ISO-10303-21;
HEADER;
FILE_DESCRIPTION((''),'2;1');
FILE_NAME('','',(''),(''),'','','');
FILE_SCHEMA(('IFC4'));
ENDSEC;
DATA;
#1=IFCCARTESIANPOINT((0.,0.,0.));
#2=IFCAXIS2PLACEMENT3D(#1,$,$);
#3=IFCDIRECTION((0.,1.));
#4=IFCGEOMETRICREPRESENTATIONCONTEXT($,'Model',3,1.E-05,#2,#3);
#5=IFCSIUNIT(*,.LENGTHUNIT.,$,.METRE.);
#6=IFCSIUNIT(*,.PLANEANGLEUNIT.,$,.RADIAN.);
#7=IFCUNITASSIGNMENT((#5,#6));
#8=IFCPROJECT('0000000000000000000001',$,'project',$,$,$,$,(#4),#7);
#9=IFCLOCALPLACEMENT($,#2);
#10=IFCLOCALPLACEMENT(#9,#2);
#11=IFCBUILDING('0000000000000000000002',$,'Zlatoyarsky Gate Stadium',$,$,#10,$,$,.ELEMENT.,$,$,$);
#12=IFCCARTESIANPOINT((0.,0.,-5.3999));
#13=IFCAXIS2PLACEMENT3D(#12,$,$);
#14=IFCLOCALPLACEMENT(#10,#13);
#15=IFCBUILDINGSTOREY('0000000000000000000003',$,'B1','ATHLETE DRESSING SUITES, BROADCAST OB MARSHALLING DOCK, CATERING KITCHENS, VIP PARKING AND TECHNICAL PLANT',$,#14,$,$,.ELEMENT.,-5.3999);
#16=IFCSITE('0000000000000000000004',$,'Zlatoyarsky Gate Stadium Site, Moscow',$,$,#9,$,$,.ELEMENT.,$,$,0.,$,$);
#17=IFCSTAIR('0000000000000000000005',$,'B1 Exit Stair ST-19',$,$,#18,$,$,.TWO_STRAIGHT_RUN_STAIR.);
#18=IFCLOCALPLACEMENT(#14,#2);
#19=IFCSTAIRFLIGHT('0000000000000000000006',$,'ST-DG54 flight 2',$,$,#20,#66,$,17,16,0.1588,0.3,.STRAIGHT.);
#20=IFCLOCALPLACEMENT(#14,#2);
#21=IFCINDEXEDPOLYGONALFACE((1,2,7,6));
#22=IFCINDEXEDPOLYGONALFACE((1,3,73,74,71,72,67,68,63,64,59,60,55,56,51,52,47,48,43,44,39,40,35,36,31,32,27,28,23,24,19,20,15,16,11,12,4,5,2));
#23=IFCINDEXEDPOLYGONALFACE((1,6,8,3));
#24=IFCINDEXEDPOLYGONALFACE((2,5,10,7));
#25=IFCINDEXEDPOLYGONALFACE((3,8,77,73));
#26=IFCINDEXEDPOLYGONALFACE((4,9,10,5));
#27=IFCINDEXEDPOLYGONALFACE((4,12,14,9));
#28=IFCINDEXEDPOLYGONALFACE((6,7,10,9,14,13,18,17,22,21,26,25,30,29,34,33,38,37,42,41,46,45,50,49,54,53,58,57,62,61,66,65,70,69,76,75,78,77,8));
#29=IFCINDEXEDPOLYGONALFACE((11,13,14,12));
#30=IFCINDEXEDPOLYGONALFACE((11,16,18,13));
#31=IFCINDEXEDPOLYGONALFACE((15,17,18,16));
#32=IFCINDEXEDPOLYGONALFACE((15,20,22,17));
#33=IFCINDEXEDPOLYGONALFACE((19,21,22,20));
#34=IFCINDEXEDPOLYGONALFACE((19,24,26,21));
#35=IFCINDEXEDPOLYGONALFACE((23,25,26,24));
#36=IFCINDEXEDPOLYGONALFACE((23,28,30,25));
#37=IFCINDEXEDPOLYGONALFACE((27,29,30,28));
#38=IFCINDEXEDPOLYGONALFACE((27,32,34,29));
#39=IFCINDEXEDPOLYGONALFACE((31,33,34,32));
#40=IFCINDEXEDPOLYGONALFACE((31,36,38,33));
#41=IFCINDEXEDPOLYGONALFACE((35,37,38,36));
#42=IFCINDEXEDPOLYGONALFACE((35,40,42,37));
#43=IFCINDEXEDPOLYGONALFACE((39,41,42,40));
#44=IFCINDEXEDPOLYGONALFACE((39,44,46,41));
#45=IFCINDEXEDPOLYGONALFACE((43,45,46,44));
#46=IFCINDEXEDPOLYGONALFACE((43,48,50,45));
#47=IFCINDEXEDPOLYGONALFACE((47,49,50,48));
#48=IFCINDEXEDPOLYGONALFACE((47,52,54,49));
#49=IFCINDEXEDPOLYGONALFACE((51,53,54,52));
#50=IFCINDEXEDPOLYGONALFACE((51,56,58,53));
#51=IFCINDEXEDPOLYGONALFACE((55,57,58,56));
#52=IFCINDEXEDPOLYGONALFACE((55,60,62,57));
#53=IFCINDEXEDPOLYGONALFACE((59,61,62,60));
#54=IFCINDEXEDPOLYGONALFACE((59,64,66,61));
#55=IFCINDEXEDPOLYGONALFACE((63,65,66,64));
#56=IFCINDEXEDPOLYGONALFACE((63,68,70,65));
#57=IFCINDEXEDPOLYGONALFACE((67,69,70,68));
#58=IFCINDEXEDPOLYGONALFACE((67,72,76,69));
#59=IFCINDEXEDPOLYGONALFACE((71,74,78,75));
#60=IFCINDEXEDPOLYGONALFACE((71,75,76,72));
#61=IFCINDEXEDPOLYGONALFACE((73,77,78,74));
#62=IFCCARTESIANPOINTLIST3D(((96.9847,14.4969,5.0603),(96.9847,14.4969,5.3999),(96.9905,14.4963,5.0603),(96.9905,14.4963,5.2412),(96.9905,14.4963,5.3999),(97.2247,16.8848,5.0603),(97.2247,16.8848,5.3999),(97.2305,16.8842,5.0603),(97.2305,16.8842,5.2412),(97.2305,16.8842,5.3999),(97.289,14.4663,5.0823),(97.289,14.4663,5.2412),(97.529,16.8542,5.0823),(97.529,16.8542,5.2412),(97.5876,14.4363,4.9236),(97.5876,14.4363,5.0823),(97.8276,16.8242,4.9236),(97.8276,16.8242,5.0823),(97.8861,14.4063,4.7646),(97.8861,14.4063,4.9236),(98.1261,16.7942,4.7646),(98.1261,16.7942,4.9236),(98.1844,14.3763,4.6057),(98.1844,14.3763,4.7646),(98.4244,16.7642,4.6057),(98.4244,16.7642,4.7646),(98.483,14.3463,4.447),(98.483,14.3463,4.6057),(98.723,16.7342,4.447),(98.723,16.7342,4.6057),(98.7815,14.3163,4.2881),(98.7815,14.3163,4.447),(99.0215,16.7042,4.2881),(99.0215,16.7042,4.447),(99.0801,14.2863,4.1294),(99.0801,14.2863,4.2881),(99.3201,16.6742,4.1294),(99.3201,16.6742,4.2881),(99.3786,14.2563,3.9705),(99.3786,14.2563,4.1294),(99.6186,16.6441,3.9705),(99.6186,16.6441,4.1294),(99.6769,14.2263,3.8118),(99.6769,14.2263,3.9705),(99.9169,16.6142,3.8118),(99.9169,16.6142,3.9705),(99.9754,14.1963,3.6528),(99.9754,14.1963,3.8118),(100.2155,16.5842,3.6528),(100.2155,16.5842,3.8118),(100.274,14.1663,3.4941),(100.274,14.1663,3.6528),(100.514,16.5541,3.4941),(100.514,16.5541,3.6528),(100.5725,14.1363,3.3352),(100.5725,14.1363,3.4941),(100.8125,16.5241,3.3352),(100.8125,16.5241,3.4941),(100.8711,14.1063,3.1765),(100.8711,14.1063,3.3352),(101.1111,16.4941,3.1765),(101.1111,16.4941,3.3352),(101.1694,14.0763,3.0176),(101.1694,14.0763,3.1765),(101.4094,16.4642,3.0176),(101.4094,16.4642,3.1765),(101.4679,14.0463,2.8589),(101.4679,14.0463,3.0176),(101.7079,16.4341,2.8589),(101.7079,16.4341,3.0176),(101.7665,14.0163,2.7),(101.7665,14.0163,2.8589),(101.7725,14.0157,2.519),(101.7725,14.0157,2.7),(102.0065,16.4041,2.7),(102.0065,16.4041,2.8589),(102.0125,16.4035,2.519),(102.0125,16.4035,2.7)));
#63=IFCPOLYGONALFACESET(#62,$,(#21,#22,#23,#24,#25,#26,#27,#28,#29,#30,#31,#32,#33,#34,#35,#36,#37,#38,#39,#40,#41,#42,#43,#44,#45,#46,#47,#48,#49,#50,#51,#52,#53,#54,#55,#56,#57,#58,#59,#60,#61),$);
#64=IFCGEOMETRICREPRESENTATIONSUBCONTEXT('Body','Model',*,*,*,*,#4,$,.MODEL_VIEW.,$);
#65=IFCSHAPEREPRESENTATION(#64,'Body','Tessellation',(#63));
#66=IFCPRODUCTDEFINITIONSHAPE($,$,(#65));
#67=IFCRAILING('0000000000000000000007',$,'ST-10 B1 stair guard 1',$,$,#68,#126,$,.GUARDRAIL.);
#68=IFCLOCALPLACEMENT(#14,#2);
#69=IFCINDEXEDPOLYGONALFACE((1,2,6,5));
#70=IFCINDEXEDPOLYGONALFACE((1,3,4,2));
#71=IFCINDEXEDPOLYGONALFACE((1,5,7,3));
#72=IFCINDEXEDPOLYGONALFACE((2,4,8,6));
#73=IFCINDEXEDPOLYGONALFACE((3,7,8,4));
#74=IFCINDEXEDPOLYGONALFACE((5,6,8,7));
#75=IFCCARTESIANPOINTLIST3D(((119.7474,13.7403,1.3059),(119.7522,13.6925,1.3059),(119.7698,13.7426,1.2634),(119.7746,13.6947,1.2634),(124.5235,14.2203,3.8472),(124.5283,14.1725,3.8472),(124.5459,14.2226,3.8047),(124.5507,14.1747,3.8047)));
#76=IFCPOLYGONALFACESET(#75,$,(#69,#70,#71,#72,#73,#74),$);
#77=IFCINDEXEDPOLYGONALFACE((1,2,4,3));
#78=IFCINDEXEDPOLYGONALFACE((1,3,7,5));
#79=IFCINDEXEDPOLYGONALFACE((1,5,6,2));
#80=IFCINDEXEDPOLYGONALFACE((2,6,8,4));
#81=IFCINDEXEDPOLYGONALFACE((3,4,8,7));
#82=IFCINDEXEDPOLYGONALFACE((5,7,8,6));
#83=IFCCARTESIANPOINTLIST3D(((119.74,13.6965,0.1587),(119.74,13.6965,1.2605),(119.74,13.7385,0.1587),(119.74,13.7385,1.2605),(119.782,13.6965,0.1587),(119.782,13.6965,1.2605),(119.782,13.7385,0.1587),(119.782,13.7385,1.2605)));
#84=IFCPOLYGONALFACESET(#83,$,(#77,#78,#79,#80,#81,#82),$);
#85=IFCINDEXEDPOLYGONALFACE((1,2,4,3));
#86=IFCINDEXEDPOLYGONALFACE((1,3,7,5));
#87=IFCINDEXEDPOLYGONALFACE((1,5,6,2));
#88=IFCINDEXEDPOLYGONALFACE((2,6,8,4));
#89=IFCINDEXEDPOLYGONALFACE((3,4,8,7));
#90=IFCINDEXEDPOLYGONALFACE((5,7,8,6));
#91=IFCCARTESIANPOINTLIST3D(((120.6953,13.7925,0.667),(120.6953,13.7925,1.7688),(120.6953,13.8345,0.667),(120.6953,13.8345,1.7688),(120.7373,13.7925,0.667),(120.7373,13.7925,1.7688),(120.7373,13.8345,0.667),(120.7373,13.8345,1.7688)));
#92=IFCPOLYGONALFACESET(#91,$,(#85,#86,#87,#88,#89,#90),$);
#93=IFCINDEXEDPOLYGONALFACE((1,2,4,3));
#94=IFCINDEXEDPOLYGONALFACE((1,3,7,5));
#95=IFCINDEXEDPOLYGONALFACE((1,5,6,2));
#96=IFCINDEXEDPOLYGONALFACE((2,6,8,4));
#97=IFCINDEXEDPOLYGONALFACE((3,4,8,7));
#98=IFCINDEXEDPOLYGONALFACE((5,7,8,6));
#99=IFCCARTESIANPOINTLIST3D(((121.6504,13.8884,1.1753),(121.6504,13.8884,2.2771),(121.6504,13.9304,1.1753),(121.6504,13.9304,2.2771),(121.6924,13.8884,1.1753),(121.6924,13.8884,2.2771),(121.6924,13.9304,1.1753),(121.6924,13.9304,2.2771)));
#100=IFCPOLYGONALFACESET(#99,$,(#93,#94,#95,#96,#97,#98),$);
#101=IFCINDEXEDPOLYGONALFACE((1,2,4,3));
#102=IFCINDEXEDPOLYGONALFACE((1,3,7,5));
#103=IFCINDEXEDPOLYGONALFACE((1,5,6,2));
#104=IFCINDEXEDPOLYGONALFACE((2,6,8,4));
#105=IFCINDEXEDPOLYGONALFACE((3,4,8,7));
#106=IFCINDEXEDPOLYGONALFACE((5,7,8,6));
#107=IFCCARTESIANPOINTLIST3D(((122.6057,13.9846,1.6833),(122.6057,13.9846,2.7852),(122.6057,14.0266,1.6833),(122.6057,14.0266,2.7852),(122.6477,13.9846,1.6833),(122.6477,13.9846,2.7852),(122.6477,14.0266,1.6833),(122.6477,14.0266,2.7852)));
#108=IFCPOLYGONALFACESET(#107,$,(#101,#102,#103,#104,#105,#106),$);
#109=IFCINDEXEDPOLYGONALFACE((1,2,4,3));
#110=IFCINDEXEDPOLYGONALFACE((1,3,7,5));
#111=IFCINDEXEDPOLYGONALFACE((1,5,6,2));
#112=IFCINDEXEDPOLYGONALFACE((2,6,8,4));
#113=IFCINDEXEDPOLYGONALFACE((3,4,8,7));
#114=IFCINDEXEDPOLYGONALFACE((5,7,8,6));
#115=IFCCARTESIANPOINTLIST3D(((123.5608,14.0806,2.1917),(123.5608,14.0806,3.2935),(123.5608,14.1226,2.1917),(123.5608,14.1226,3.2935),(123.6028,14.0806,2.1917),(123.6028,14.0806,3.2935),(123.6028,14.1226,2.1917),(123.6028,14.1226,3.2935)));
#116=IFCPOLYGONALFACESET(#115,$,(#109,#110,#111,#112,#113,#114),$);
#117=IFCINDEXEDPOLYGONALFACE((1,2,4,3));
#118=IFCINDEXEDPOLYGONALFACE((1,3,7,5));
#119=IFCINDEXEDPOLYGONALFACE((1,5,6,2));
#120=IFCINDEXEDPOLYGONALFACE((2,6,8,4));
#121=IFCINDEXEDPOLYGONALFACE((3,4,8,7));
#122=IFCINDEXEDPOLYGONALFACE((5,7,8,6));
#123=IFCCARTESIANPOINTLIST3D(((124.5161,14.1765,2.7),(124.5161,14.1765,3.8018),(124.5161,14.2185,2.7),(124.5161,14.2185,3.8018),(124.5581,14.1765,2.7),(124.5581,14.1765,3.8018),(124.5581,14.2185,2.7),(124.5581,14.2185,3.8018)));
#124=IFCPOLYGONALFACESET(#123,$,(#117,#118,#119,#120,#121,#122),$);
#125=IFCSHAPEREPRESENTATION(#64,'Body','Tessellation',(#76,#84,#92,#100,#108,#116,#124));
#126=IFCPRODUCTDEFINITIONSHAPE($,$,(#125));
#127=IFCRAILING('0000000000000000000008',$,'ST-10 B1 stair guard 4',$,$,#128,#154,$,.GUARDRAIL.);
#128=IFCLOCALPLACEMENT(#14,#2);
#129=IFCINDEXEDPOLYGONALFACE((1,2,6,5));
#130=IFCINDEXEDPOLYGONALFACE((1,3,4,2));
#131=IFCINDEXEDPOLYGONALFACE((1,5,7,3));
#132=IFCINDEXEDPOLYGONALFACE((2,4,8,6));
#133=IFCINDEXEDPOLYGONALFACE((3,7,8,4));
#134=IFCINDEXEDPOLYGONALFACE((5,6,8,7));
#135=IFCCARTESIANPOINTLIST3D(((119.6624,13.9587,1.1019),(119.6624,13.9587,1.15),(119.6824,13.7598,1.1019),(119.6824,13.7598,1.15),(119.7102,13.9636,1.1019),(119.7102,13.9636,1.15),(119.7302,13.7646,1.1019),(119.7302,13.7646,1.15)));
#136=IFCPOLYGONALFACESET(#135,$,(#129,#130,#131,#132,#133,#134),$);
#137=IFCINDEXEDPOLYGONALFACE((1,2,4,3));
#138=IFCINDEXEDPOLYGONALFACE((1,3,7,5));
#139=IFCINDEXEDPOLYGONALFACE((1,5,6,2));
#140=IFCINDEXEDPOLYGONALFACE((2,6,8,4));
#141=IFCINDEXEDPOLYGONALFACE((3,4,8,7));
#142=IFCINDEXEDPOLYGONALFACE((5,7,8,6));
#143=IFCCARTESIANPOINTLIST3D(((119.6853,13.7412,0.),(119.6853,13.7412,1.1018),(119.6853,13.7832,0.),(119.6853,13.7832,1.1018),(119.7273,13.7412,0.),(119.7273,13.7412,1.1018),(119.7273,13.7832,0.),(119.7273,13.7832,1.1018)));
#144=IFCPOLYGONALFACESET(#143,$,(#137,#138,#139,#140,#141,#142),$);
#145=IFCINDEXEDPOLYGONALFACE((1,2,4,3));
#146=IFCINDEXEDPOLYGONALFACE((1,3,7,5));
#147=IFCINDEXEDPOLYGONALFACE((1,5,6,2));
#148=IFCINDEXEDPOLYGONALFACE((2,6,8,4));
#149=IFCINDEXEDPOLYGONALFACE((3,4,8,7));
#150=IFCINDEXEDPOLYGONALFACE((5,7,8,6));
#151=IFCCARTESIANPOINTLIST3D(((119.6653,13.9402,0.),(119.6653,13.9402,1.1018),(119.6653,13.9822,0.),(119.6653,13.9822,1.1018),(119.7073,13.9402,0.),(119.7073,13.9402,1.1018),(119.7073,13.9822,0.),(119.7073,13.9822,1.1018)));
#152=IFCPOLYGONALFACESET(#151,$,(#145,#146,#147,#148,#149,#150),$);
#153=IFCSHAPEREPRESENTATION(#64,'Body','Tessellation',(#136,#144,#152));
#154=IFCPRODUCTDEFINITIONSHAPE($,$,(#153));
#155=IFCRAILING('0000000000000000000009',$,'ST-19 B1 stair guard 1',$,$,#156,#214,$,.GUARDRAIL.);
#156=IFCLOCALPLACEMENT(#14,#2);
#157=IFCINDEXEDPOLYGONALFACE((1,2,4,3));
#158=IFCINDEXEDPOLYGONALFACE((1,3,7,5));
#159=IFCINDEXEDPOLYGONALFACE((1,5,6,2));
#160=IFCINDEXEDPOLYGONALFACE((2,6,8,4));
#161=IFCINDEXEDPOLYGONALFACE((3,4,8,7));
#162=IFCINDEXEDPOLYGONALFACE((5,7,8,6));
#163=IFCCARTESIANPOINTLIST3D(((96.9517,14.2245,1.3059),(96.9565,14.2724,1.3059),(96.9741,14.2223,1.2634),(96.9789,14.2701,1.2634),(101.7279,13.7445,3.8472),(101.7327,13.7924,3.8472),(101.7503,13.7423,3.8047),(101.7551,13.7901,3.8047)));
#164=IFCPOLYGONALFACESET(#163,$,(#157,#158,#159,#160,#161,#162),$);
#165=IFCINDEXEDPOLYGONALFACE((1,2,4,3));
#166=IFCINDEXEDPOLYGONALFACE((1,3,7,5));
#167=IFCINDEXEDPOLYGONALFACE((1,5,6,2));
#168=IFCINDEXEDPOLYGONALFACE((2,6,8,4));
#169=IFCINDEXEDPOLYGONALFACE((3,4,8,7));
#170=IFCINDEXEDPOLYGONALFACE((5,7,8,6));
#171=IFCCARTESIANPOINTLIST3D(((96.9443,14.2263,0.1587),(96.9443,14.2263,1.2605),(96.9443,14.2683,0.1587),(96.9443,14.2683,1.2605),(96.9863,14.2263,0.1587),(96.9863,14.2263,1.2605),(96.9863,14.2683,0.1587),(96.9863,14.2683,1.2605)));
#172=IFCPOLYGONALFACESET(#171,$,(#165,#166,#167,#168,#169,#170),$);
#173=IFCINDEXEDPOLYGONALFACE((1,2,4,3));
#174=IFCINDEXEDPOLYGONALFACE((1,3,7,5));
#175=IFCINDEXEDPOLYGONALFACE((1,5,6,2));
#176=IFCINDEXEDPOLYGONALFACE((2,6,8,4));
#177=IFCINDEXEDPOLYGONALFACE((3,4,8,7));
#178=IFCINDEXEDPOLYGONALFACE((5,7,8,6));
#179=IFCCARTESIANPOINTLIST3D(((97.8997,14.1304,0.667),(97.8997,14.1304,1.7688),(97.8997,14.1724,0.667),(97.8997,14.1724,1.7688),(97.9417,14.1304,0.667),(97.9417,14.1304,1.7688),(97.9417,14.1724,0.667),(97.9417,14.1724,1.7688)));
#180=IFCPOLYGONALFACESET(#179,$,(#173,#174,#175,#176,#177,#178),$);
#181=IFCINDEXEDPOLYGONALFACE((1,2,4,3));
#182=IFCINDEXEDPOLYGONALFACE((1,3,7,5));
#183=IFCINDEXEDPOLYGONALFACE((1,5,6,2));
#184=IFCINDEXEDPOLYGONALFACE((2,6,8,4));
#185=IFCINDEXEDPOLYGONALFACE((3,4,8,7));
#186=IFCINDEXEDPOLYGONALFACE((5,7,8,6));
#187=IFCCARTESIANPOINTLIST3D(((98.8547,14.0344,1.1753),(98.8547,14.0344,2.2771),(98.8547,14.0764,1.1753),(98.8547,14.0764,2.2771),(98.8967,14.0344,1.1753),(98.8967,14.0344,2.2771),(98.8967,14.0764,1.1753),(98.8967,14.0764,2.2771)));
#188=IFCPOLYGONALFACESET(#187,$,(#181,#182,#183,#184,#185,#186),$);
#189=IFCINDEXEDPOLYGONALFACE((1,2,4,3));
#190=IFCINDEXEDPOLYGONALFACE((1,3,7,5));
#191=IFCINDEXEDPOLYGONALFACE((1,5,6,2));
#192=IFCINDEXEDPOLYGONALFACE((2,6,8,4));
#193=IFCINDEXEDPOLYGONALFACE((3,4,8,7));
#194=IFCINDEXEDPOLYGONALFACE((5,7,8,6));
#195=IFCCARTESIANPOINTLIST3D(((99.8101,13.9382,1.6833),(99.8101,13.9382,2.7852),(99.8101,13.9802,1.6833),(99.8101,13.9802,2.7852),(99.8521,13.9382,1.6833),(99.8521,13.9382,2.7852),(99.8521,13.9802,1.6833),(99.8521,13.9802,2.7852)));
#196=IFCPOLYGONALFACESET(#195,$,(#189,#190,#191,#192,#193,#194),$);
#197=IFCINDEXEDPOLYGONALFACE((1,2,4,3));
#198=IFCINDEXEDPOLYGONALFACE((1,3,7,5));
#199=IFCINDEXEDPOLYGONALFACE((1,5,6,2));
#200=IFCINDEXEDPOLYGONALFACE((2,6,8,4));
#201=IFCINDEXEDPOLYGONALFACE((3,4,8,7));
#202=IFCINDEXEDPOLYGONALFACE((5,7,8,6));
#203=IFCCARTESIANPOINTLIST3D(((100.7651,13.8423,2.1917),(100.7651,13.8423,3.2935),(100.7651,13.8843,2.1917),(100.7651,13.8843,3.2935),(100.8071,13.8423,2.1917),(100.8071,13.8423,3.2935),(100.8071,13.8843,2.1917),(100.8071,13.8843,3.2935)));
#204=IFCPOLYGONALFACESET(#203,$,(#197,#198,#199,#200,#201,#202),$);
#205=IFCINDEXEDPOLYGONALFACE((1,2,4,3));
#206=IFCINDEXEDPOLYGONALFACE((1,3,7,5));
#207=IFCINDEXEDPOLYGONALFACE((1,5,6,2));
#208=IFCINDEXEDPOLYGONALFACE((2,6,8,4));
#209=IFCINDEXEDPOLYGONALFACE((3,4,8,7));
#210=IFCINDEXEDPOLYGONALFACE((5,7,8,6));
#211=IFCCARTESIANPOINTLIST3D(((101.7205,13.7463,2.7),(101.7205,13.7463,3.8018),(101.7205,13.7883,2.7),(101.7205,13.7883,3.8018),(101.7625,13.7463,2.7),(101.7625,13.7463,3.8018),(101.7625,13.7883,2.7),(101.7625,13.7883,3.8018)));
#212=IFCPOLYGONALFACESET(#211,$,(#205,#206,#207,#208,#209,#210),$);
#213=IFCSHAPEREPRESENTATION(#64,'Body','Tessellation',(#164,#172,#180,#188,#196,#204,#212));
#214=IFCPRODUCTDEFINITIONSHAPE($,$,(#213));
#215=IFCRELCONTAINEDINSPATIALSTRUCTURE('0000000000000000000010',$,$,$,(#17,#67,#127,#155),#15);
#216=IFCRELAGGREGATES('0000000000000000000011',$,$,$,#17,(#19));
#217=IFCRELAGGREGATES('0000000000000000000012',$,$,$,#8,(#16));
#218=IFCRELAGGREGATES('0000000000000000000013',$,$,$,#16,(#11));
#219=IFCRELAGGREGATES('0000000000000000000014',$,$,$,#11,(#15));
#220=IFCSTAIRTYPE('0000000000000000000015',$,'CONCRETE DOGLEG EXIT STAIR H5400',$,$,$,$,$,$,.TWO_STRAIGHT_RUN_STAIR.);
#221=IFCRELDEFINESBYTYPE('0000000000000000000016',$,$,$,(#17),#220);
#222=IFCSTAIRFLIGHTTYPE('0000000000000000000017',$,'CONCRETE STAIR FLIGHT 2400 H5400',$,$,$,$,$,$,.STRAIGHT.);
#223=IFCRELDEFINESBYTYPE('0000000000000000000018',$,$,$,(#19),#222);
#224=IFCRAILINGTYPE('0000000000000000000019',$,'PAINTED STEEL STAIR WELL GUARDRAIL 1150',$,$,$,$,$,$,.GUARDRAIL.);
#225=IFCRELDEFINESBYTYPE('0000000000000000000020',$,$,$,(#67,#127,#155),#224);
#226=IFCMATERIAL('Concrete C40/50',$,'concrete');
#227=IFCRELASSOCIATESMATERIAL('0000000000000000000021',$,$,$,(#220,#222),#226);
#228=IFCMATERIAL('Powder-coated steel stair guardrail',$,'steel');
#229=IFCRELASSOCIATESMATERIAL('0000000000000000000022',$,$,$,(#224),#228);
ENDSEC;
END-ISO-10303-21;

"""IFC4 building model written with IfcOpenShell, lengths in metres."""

from ifc_helpers import new_model, si_unit, direction, frame, origin, origin_2d, place, context, subcontext, project, spatial, polyline, rectangle, outline, extrude, material, type_object, element, aggregate, save


model = new_model("IFC4")

# Units and contexts
model_context = context("Model", 3, precision=1e-05, world=origin(), true_north=direction((0.0, 1.0)))
body_context = subcontext(model_context, "Body", "Model", "MODEL_VIEW")
ifc_project = project(units=[si_unit("LENGTHUNIT", "METRE"), si_unit("PLANEANGLEUNIT", "RADIAN")], contexts=[model_context])

# Site, building, storey
site_placement = place(None, origin())
site = spatial("IfcSite", under=ifc_project, at=site_placement, Name="Zlatoyarsky Gate Stadium Site, Moscow", CompositionType="ELEMENT", RefElevation=0.0)
building_placement = place(site_placement, origin())
building = spatial("IfcBuilding", under=site, at=building_placement, Name="Zlatoyarsky Gate Stadium", CompositionType="ELEMENT")
storey_placement = place(building_placement, frame((0.0, 0.0, -5.3999)))
storey = spatial("IfcBuildingStorey", under=building, at=storey_placement, Name="B1", Description="ATHLETE DRESSING SUITES, BROADCAST OB MARSHALLING DOCK, CATERING KITCHENS, VIP PARKING AND TECHNICAL PLANT", CompositionType="ELEMENT", Elevation=-5.3999)

# Shared definitions
ifc_material_1 = material(Name="Concrete C40/50", Category="concrete")

# Shared definitions
stair_type = type_object("IfcStairType", Name="CONCRETE DOGLEG EXIT STAIR H5400", PredefinedType="TWO_STRAIGHT_RUN_STAIR", material=ifc_material_1)
stair_flight_type = type_object("IfcStairFlightType", Name="CONCRETE STAIR FLIGHT 2400 H5400", PredefinedType="STRAIGHT", material=ifc_material_1)

# Stair, stair flight
stair_1_placement = place(storey_placement, origin())
stair_1 = element("IfcStair", 1, at=stair_1_placement, inside=storey, type_object=stair_type, Name="B1 Exit Stair ST-19", PredefinedType="TWO_STRAIGHT_RUN_STAIR")
stair_flight_1_placement = place(storey_placement, frame((101.8865, 15.2102, 2.7), z_axis=(0.0, 0.0, 1.0), x_axis=(-0.994987, 0.100006, 0.0)))
stair_flight_1 = element("IfcStairFlight", 2, at=stair_flight_1_placement, type_object=stair_flight_type, Name="ST-DG54 flight 2", NumberOfRisers=17, NumberOfTreads=16, PredefinedType="STRAIGHT", RiserHeight=0.1588, TreadLength=0.3, context=body_context, shape_type="SweptSolid", body=[
    extrude(outline(polyline([(-0.0061, -0.1809), (-0.0061, 0.0), (0.0, 0.0), (0.0, 0.1589), (0.3, 0.1589), (0.3, 0.3176), (0.6001, 0.3176), (0.6001, 0.4766), (0.8999, 0.4766), (0.8999, 0.6353), (1.2, 0.6353), (1.2, 0.7942), (1.5, 0.7942), (1.5, 0.9529), (1.8, 0.9529), (1.8, 1.1118), (2.1001, 1.1118), (2.1001, 1.2705), (2.3999, 1.2705), (2.3999, 1.4294), (2.7, 1.4294), (2.7, 1.5881), (3.0, 1.5881), (3.0, 1.7471), (3.3, 1.7471), (3.3, 1.9058), (3.6001, 1.9058), (3.6001, 2.0647), (3.8999, 2.0647), (3.8999, 2.2236), (4.2, 2.2236), (4.2, 2.3823), (4.5, 2.3823), (4.5, 2.5413), (4.8, 2.5413), (4.8, 2.7), (4.8059, 2.7), (4.8059, 2.3604), (4.8, 2.3604), (-0.0061, -0.1809)])), frame((0.0, 1.2, 0.0), z_axis=(0.0, -1.0, 0.0), x_axis=(1.0, 0.0, 0.0)), (0.0, 0.0, 1.0), 2.3999),
])
aggregate(stair_1, [stair_flight_1])

# Railings
ifc_material_2 = material(Name="Powder-coated steel stair guardrail", Category="steel")
railing_type_1 = type_object("IfcRailingType", Name="PAINTED STEEL STAIR WELL GUARDRAIL 1150", PredefinedType="GUARDRAIL", material=ifc_material_2)
railing_1_placement = place(storey_placement, frame((119.761, 13.7175, 0.1587)))
element("IfcRailing", 3, at=railing_1_placement, inside=storey, type_object=railing_type_1, Name="ST-10 B1 stair guard 1", PredefinedType="GUARDRAIL", context=body_context, shape_type="SweptSolid", body=[
    extrude(rectangle(XDim=0.0481, YDim=0.0481, at=origin_2d()), frame((0.0, 0.0, 1.126), z_axis=(0.879359, 0.088372, 0.467886), x_axis=(-0.099992, 0.994988, 0.0)), (0.0, 0.0, 1.0), 5.4314),
    extrude(rectangle(XDim=0.042, YDim=0.042, at=origin_2d()), origin(), (0.0, 0.0, 1.0), 1.1018),
    extrude(rectangle(XDim=0.042, YDim=0.042, at=origin_2d()), frame((0.9553, 0.0959, 0.5083)), (0.0, 0.0, 1.0), 1.1018),
    extrude(rectangle(XDim=0.042, YDim=0.042, at=origin_2d()), frame((1.9104, 0.1919, 1.0166)), (0.0, 0.0, 1.0), 1.1018),
    extrude(rectangle(XDim=0.042, YDim=0.042, at=origin_2d()), frame((2.8657, 0.2881, 1.5247)), (0.0, 0.0, 1.0), 1.1018),
    extrude(rectangle(XDim=0.042, YDim=0.042, at=origin_2d()), frame((3.8208, 0.384, 2.033)), (0.0, 0.0, 1.0), 1.1018),
    extrude(rectangle(XDim=0.042, YDim=0.042, at=origin_2d()), frame((4.7761, 0.48, 2.5413)), (0.0, 0.0, 1.0), 1.1018),
])
railing_2_placement = place(storey_placement, frame((119.7063, 13.7622, 0.0)))
element("IfcRailing", 4, at=railing_2_placement, inside=storey, type_object=railing_type_1, Name="ST-10 B1 stair guard 4", PredefinedType="GUARDRAIL", context=body_context, shape_type="SweptSolid", body=[
    extrude(rectangle(XDim=0.0481, YDim=0.0481, at=origin_2d()), frame((0.0, 0.0, 1.126), z_axis=(-0.100108, 0.994977, 0.0), x_axis=(-0.994977, -0.100108, 0.0)), (0.0, 0.0, 1.0), 0.2),
    extrude(rectangle(XDim=0.042, YDim=0.042, at=origin_2d()), origin(), (0.0, 0.0, 1.0), 1.1018),
    extrude(rectangle(XDim=0.042, YDim=0.042, at=origin_2d()), frame((-0.02, 0.199, 0.0)), (0.0, 0.0, 1.0), 1.1018),
])
railing_3_placement = place(storey_placement, frame((96.9653, 14.2473, 0.1587)))
element("IfcRailing", 5, at=railing_3_placement, inside=storey, type_object=railing_type_1, Name="ST-19 B1 stair guard 1", PredefinedType="GUARDRAIL", context=body_context, shape_type="SweptSolid", body=[
    extrude(rectangle(XDim=0.0481, YDim=0.0481, at=origin_2d()), frame((0.0, 0.0, 1.126), z_axis=(0.879359, -0.088372, 0.467886), x_axis=(0.099992, 0.994988, 0.0)), (0.0, 0.0, 1.0), 5.4314),
    extrude(rectangle(XDim=0.042, YDim=0.042, at=origin_2d()), origin(), (0.0, 0.0, 1.0), 1.1018),
    extrude(rectangle(XDim=0.042, YDim=0.042, at=origin_2d()), frame((0.9553, -0.0959, 0.5083)), (0.0, 0.0, 1.0), 1.1018),
    extrude(rectangle(XDim=0.042, YDim=0.042, at=origin_2d()), frame((1.9104, -0.1919, 1.0166)), (0.0, 0.0, 1.0), 1.1018),
    extrude(rectangle(XDim=0.042, YDim=0.042, at=origin_2d()), frame((2.8657, -0.2881, 1.5247)), (0.0, 0.0, 1.0), 1.1018),
    extrude(rectangle(XDim=0.042, YDim=0.042, at=origin_2d()), frame((3.8208, -0.384, 2.033)), (0.0, 0.0, 1.0), 1.1018),
    extrude(rectangle(XDim=0.042, YDim=0.042, at=origin_2d()), frame((4.7761, -0.48, 2.5413)), (0.0, 0.0, 1.0), 1.1018),
])

save(model, "model.ifc")
